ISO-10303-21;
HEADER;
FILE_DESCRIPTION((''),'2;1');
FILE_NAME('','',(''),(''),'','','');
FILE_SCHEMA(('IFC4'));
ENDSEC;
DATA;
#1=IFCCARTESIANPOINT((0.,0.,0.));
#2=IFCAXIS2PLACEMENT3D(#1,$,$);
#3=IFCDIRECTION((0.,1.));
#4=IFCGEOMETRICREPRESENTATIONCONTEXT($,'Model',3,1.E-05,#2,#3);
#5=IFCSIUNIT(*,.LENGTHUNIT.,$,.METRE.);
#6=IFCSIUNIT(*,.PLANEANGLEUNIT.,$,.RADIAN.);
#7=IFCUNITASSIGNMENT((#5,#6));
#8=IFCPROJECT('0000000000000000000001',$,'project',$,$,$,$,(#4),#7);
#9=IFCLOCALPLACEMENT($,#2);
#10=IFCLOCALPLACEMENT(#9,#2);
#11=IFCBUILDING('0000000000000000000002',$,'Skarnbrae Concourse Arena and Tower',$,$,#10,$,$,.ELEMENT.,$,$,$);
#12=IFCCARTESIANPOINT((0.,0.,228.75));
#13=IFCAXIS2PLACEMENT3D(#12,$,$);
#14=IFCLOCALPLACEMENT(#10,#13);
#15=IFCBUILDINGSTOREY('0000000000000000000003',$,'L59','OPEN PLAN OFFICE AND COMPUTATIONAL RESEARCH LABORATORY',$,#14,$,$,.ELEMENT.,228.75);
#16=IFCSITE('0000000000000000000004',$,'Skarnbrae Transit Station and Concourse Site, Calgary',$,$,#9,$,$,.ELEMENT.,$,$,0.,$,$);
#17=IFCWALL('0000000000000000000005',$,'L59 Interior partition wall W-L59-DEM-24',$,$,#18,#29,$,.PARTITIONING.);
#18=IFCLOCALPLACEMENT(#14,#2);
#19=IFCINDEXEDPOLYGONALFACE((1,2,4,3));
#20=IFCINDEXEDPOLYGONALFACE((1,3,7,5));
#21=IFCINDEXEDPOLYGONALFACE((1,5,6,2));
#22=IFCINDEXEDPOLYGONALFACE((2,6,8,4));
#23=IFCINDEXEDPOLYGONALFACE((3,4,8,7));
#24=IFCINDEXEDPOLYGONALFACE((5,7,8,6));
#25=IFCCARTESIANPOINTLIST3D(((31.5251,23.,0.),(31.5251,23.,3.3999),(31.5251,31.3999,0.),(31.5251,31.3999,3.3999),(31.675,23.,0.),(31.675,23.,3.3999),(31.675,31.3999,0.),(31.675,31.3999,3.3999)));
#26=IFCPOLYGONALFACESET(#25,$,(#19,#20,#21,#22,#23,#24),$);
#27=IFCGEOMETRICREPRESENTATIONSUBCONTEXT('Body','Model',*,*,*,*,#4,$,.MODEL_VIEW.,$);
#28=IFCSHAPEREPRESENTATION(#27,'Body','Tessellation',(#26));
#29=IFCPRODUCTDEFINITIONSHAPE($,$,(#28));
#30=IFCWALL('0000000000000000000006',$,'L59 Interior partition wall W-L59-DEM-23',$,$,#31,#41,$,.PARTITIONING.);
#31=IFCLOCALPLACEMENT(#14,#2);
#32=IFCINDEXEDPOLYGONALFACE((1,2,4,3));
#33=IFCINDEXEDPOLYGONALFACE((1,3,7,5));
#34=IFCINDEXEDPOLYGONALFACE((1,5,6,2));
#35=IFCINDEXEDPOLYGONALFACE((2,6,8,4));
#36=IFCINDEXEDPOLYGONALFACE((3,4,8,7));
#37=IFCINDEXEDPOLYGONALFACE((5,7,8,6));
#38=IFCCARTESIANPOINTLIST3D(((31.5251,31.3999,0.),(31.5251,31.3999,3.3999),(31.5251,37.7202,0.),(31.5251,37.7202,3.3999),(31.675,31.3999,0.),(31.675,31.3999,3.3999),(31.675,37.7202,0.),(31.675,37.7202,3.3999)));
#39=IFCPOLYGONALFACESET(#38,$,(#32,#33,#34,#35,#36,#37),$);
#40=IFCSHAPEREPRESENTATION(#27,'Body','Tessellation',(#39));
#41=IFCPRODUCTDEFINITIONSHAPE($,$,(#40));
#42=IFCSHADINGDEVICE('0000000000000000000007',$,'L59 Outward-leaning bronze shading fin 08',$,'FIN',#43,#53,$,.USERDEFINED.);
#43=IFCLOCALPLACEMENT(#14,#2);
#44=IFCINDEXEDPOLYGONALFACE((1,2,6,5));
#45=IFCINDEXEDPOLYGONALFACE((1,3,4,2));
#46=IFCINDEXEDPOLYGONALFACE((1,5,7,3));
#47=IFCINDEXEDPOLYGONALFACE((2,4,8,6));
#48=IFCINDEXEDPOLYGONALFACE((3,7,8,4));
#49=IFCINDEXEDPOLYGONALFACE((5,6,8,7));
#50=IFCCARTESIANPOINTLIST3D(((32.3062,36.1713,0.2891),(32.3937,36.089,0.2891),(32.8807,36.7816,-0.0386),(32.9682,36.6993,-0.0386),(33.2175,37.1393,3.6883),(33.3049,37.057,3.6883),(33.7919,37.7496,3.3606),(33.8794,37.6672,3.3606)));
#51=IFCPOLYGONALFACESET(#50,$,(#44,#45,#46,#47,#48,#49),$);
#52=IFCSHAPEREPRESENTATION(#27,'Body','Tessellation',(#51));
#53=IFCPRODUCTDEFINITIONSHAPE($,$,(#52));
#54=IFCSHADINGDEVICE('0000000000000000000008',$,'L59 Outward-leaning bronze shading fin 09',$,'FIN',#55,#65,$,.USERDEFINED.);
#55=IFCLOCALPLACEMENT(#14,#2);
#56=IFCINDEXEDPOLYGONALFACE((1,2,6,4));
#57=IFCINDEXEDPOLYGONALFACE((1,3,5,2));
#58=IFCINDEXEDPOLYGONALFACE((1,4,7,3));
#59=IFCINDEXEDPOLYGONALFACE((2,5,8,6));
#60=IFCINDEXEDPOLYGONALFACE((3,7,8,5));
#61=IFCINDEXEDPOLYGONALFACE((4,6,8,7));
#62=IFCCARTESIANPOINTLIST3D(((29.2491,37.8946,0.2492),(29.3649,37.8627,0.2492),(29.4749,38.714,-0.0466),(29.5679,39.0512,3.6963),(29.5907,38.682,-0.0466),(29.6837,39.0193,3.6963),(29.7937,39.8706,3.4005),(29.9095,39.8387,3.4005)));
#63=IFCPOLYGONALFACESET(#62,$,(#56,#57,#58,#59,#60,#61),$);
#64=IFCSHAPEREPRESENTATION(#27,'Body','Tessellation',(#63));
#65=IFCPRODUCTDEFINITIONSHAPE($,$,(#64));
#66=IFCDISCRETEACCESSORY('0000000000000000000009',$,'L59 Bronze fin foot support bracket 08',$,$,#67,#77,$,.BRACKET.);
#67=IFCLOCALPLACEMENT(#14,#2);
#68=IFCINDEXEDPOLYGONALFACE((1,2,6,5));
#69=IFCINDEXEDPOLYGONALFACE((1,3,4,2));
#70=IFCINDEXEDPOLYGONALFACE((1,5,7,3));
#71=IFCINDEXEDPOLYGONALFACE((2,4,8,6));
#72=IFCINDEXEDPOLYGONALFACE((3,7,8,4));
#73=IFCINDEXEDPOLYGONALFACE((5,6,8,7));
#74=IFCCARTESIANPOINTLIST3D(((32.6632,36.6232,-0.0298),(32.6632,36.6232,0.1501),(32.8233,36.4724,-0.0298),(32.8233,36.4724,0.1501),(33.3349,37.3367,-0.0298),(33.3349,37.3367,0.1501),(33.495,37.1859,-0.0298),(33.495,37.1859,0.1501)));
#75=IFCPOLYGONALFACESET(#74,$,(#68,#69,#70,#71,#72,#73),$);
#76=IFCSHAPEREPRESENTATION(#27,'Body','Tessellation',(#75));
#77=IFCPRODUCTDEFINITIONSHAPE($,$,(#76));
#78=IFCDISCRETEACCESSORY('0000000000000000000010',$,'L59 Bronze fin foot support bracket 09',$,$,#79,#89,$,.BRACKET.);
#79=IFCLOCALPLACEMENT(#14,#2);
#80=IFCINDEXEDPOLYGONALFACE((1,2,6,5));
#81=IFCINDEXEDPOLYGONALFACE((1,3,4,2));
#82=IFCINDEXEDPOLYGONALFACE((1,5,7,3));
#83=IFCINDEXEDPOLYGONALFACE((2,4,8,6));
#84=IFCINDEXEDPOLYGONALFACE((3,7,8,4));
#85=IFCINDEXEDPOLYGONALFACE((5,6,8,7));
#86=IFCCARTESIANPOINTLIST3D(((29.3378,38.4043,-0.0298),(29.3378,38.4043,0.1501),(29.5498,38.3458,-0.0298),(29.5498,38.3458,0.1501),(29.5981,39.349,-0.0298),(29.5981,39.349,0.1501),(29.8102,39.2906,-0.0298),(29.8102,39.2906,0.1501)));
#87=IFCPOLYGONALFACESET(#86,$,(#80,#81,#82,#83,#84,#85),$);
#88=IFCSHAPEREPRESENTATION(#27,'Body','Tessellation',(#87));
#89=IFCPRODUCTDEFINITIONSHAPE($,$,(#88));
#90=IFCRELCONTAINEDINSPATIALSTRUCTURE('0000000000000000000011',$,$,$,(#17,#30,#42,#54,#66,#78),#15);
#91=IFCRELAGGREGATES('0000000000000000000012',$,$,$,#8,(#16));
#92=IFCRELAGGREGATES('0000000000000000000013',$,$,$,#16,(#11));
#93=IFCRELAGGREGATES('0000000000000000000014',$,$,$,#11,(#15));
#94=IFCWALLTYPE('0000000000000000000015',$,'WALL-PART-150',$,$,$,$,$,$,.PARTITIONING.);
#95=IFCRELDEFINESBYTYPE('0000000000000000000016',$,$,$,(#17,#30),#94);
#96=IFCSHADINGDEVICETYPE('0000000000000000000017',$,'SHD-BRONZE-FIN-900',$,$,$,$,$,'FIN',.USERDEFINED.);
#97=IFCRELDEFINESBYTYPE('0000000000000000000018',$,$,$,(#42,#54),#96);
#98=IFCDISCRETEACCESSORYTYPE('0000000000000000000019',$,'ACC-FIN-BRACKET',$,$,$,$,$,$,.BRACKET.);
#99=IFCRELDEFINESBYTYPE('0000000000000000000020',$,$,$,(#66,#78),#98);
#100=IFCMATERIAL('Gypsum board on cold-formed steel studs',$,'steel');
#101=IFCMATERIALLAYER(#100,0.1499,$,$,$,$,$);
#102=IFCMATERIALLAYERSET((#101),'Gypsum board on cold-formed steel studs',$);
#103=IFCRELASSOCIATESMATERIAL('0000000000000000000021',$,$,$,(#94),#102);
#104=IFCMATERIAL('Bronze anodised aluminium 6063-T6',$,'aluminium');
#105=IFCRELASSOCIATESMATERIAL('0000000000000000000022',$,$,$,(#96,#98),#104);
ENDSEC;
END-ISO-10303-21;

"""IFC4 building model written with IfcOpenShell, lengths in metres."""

from ifc_helpers import new_model, si_unit, direction, frame, frame_2d, origin, origin_2d, place, context, subcontext, project, spatial, rectangle, extrude, source, transform, mapped, material, layer, layer_set, type_object, element, save


model = new_model("IFC4")

# Units and contexts
model_context = context("Model", 3, precision=1e-05, world=origin(), true_north=direction((0.0, 1.0)))
body_context = subcontext(model_context, "Body", "Model", "MODEL_VIEW")
ifc_project = project(units=[si_unit("LENGTHUNIT", "METRE"), si_unit("PLANEANGLEUNIT", "RADIAN")], contexts=[model_context])

# Site, building, storey
site_placement = place(None, origin())
site = spatial("IfcSite", under=ifc_project, at=site_placement, Name="Skarnbrae Transit Station and Concourse Site, Calgary", CompositionType="ELEMENT", RefElevation=0.0)
building_placement = place(site_placement, origin())
building = spatial("IfcBuilding", under=site, at=building_placement, Name="Skarnbrae Concourse Arena and Tower", CompositionType="ELEMENT")
storey_placement = place(building_placement, frame((0.0, 0.0, 228.75)))
storey = spatial("IfcBuildingStorey", under=building, at=storey_placement, Name="L59", Description="OPEN PLAN OFFICE AND COMPUTATIONAL RESEARCH LABORATORY", CompositionType="ELEMENT", Elevation=228.75)

# Shared definitions
ifc_material_1 = material(Name="Bronze anodised aluminium 6063-T6", Category="aluminium")

# Walls
ifc_material_2 = material(Name="Gypsum board on cold-formed steel studs", Category="steel")
ifc_layer_1 = layer(ifc_material_2, 0.1499)
ifc_layer_set_1 = layer_set([ifc_layer_1], Name="Gypsum board on cold-formed steel studs")
wall_type_1 = type_object("IfcWallType", Name="WALL-PART-150", PredefinedType="PARTITIONING", material=ifc_layer_set_1)
shared_shape_1 = source(origin(), body_context, "Body", "SweptSolid", [
    extrude(rectangle(XDim=8.3999, YDim=0.1499, at=frame_2d((4.2, 0.0))), origin(), (0.0, 0.0, 1.0), 3.3999),
])
wall_1_placement = place(storey_placement, frame((31.6001, 31.3999, 0.0), z_axis=(0.0, 0.0, 1.0), x_axis=(0.0, -1.0, 0.0)))
element("IfcWall", 1, at=wall_1_placement, inside=storey, type_object=wall_type_1, Name="L59 Interior partition wall W-L59-DEM-24", PredefinedType="PARTITIONING", context=body_context, shape_type="MappedRepresentation", body=[
    mapped(shared_shape_1, transform((0.0, 0.0, 0.0))),
])
shared_shape_2 = source(origin(), body_context, "Body", "SweptSolid", [
    extrude(rectangle(XDim=6.3203, YDim=0.1499, at=frame_2d((3.1602, 0.0))), origin(), (0.0, 0.0, 1.0), 3.3999),
])
wall_2_placement = place(storey_placement, frame((31.6001, 37.7202, 0.0), z_axis=(0.0, 0.0, 1.0), x_axis=(0.0, -1.0, 0.0)))
element("IfcWall", 2, at=wall_2_placement, inside=storey, type_object=wall_type_1, Name="L59 Interior partition wall W-L59-DEM-23", PredefinedType="PARTITIONING", context=body_context, shape_type="MappedRepresentation", body=[
    mapped(shared_shape_2, transform((0.0, 0.0, 0.0))),
])

# Shading devices
shading_device_type = type_object("IfcShadingDeviceType", Name="SHD-BRONZE-FIN-900", ElementType="FIN", PredefinedType="USERDEFINED", material=ifc_material_1)
shared_shape_3 = source(origin(), body_context, "Body", "SweptSolid", [
    extrude(rectangle(XDim=0.1201, YDim=0.8999, at=origin_2d()), origin(), (0.0, 0.0, 1.0), 3.6499),
])
for number, where, z_axis, x_axis, name in (
    (3, (32.6372, 36.4353, 0.1252), (0.249655, 0.265205, 0.93131), (0.728132, -0.685437, 0.0), "L59 Outward-leaning bronze shading fin 08"),
    (4, (29.4199, 38.2883, 0.1013), (0.087333, 0.316888, 0.944434), (0.964058, -0.265691, 0.0), "L59 Outward-leaning bronze shading fin 09"),
):
    element("IfcShadingDevice", number, at=place(storey_placement, frame(where, z_axis=z_axis, x_axis=x_axis)), inside=storey, type_object=shading_device_type, Name=name, ObjectType="FIN", PredefinedType="USERDEFINED", context=body_context, shape_type="MappedRepresentation", body=[
        mapped(shared_shape_3, transform((0.0, 0.0, 0.0))),
    ])

# Discrete accessories
discrete_accessory_type = type_object("IfcDiscreteAccessoryType", Name="ACC-FIN-BRACKET", PredefinedType="BRACKET", material=ifc_material_1)
shared_shape_4 = source(origin(), body_context, "Body", "SweptSolid", [
    extrude(rectangle(XDim=0.22, YDim=0.98, at=origin_2d()), origin(), (0.0, 0.0, 1.0), 0.1799),
])
for number, where, z_axis, x_axis, name in (
    (5, (33.0791, 36.9045, -0.0298), (0.0, 0.0, 1.0), (0.728132, -0.685437, 0.0), "L59 Bronze fin foot support bracket 08"),
    (6, (29.574, 38.8474, -0.0298), (0.0, 0.0, 1.0), (0.964058, -0.265691, 0.0), "L59 Bronze fin foot support bracket 09"),
):
    element("IfcDiscreteAccessory", number, at=place(storey_placement, frame(where, z_axis=z_axis, x_axis=x_axis)), inside=storey, type_object=discrete_accessory_type, Name=name, PredefinedType="BRACKET", context=body_context, shape_type="MappedRepresentation", body=[
        mapped(shared_shape_4, transform((0.0, 0.0, 0.0))),
    ])

save(model, "model.ifc")
